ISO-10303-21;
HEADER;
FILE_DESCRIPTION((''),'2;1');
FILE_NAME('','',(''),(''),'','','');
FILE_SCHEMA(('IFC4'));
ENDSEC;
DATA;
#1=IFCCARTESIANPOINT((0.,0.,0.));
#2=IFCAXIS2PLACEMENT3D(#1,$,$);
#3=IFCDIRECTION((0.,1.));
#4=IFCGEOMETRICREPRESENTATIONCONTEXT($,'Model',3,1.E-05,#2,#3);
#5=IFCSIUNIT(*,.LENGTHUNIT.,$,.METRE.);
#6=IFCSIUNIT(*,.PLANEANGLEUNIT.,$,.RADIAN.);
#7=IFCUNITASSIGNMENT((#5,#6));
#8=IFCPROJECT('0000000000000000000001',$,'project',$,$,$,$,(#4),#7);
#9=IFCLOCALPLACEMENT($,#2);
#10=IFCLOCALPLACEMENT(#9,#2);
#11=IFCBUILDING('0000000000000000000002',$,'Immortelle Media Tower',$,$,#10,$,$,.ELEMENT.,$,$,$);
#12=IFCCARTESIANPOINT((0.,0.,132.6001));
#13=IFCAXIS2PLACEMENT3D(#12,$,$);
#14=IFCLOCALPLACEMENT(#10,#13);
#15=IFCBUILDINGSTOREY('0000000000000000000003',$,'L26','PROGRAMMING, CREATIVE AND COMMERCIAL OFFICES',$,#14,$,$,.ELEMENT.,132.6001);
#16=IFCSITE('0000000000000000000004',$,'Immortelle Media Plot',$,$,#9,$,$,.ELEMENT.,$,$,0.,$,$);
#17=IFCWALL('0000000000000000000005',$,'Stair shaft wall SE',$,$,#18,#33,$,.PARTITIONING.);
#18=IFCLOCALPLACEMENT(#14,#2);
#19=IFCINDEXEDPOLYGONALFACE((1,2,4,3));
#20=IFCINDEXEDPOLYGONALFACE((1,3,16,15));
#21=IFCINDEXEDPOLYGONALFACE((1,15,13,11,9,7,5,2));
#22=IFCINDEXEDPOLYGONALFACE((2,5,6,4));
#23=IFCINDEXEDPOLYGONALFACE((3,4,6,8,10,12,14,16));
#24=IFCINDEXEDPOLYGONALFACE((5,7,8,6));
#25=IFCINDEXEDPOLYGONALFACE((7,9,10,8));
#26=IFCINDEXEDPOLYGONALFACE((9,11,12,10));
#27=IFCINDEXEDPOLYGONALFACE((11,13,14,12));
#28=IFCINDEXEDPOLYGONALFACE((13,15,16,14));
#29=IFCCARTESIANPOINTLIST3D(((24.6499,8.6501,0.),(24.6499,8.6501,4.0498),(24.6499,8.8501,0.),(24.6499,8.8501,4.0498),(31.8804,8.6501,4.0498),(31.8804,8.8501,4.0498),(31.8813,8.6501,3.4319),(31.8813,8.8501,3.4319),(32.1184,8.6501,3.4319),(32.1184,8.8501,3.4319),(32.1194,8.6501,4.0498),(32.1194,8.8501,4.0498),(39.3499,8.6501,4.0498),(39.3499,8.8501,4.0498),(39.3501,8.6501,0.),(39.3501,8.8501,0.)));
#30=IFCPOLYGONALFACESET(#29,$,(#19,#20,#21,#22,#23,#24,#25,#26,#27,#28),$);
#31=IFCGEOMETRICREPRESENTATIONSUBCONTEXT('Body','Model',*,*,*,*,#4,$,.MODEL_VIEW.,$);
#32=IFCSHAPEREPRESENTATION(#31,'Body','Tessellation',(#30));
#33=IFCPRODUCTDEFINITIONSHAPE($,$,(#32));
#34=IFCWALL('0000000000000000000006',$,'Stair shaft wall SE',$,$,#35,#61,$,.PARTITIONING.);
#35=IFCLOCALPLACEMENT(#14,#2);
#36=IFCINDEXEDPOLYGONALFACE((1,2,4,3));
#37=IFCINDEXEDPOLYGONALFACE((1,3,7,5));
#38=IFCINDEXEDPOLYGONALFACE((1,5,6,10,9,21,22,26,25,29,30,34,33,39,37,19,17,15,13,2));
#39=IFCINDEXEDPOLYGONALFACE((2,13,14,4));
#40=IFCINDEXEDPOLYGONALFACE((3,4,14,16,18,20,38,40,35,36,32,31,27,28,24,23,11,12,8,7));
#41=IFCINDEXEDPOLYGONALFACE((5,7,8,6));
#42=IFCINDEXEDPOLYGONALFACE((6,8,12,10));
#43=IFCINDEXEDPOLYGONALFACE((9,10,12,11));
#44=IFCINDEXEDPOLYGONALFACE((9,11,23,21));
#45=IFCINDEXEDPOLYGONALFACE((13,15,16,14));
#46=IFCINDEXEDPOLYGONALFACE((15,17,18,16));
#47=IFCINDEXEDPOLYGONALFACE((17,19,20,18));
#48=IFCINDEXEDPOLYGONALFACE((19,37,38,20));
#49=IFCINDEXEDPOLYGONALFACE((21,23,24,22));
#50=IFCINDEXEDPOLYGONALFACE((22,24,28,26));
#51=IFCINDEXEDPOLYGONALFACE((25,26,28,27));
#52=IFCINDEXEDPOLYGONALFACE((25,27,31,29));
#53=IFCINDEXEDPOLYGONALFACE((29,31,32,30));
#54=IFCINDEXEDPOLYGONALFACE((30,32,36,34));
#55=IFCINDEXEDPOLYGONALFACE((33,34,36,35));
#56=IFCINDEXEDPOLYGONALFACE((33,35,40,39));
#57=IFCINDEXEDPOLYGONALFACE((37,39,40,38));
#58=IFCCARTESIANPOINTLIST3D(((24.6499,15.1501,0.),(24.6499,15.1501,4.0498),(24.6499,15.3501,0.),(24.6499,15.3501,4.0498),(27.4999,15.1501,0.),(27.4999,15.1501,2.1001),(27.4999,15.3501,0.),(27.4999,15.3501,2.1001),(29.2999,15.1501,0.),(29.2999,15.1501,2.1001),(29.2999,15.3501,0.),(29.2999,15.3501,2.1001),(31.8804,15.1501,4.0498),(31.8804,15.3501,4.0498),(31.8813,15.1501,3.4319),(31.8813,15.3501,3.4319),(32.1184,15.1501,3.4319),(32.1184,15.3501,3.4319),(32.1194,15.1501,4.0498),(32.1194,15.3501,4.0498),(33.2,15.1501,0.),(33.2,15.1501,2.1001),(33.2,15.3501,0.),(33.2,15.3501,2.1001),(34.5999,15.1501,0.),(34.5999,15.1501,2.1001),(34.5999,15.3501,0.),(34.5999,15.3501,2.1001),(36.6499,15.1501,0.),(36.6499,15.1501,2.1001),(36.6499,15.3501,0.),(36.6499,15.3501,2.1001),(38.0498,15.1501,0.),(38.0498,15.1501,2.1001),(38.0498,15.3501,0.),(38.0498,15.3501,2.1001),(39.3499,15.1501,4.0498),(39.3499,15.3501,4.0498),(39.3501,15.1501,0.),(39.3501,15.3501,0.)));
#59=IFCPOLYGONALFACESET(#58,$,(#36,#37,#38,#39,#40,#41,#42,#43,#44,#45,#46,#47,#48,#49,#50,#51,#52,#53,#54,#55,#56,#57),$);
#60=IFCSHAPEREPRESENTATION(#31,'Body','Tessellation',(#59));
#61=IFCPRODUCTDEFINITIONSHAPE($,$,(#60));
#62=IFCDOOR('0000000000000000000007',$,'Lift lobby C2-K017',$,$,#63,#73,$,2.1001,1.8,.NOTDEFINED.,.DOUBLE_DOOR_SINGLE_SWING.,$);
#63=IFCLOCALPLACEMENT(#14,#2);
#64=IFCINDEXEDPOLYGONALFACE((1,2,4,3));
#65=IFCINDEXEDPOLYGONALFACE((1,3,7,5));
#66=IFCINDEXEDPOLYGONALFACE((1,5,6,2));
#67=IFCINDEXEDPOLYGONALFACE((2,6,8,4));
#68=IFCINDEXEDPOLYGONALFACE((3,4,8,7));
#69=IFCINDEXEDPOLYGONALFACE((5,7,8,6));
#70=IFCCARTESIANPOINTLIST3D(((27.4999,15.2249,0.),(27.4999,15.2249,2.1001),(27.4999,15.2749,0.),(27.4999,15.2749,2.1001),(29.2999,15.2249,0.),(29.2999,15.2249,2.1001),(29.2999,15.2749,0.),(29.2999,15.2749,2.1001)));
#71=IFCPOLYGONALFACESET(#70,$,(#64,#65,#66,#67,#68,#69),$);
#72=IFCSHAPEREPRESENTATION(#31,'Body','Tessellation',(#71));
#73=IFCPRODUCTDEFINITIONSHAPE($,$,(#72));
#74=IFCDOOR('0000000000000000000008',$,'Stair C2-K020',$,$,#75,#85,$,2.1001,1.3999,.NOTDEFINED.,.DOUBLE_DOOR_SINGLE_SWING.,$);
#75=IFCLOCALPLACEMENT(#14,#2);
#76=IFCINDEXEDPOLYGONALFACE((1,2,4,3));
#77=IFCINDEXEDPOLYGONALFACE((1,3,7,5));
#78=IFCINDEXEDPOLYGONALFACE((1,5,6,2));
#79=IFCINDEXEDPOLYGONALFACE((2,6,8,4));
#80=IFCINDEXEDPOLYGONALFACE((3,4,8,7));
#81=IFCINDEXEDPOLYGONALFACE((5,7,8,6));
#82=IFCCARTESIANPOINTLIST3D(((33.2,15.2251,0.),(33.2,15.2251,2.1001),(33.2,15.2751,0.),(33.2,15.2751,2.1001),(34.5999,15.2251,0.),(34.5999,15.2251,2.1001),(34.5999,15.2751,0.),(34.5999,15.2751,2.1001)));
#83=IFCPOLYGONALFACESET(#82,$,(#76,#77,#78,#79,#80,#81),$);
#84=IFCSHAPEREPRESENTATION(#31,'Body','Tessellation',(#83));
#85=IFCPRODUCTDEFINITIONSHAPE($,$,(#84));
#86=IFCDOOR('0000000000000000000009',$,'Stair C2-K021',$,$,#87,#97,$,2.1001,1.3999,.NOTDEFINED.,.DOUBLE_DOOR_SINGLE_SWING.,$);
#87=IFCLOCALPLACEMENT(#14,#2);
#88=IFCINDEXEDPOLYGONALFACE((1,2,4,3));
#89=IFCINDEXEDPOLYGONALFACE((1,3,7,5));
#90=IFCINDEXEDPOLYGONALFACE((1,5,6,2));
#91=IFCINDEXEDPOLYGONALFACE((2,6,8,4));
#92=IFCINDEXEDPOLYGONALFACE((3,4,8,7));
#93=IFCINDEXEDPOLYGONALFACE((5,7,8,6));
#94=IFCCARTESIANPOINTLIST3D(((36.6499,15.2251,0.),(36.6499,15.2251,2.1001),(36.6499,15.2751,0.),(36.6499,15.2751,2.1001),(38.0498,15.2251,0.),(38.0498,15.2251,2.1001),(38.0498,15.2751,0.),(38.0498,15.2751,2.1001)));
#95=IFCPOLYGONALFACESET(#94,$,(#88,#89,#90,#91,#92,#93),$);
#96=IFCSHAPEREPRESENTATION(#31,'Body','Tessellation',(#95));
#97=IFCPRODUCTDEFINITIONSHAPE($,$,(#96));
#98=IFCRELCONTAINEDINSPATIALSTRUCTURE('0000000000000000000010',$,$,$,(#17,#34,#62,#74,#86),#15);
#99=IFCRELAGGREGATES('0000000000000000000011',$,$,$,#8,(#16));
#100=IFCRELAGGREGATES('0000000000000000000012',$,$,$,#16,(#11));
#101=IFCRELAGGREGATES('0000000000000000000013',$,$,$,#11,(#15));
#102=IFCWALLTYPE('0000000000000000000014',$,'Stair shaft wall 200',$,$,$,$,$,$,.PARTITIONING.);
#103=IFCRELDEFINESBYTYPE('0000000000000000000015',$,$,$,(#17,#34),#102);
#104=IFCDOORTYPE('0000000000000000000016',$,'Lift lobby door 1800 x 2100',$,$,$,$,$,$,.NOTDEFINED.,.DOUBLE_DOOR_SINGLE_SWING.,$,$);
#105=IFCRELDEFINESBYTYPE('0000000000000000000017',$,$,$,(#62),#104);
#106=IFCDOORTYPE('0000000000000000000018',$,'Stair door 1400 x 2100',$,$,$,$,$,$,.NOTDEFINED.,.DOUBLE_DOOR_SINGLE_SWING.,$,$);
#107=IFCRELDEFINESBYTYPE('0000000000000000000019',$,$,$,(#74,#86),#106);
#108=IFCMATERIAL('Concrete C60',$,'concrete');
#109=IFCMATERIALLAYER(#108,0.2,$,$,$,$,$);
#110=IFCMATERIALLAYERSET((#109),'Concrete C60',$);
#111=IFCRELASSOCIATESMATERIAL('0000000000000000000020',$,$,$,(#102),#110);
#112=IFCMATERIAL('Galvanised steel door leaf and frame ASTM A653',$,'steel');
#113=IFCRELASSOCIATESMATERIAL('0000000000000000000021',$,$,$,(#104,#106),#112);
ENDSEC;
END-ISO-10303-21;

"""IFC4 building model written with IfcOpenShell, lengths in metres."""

from ifc_helpers import new_model, si_unit, direction, frame, frame_2d, origin, place, context, subcontext, project, spatial, polyline, rectangle, outline, extrude, material, layer, layer_set, type_object, element, fill, save


model = new_model("IFC4")

# Units and contexts
model_context = context("Model", 3, precision=1e-05, world=origin(), true_north=direction((0.0, 1.0)))
body_context = subcontext(model_context, "Body", "Model", "MODEL_VIEW")
ifc_project = project(units=[si_unit("LENGTHUNIT", "METRE"), si_unit("PLANEANGLEUNIT", "RADIAN")], contexts=[model_context])

# Site, building, storey
site_placement = place(None, origin())
site = spatial("IfcSite", under=ifc_project, at=site_placement, Name="Immortelle Media Plot", CompositionType="ELEMENT", RefElevation=0.0)
building_placement = place(site_placement, origin())
building = spatial("IfcBuilding", under=site, at=building_placement, Name="Immortelle Media Tower", CompositionType="ELEMENT")
storey_placement = place(building_placement, frame((0.0, 0.0, 132.6001)))
storey = spatial("IfcBuildingStorey", under=building, at=storey_placement, Name="L26", Description="PROGRAMMING, CREATIVE AND COMMERCIAL OFFICES", CompositionType="ELEMENT", Elevation=132.6001)

# Shared definitions
ifc_material_1 = material(Name="Galvanised steel door leaf and frame ASTM A653", Category="steel")

# Wall
ifc_material_2 = material(Name="Concrete C60", Category="concrete")
ifc_layer_1 = layer(ifc_material_2, 0.2)
ifc_layer_set_1 = layer_set([ifc_layer_1], Name="Concrete C60")
wall_type_1 = type_object("IfcWallType", Name="Stair shaft wall 200", PredefinedType="PARTITIONING", material=ifc_layer_set_1)
wall_1_placement = place(storey_placement, frame((24.6499, 8.75, 0.0), z_axis=(0.0, 0.0, 1.0), x_axis=(1.0, 0.0, 0.0)))
element("IfcWall", 1, at=wall_1_placement, inside=storey, type_object=wall_type_1, Name="Stair shaft wall SE", PredefinedType="PARTITIONING", context=body_context, shape_type="SweptSolid", body=[
    extrude(outline(polyline([(0.0, 0.0), (14.7002, 0.0), (14.7, 4.0498), (7.4695, 4.0498), (7.4685, 3.4319), (7.2314, 3.4319), (7.2305, 4.0498), (0.0, 4.0498), (0.0, 0.0)])), frame((0.0, 0.1001, 0.0), z_axis=(0.0, -1.0, 0.0), x_axis=(1.0, 0.0, 0.0)), (0.0, 0.0, 1.0), 0.2),
])

# Wall, openings, doors
wall_2_placement = place(storey_placement, frame((24.6499, 15.25, 0.0), z_axis=(0.0, 0.0, 1.0), x_axis=(1.0, 0.0, 0.0)))
wall_2 = element("IfcWall", 2, at=wall_2_placement, inside=storey, type_object=wall_type_1, Name="Stair shaft wall SE", PredefinedType="PARTITIONING", context=body_context, shape_type="SweptSolid", body=[
    extrude(outline(polyline([(0.0, 0.0), (14.7002, 0.0), (14.7, 4.0498), (7.4695, 4.0498), (7.4685, 3.4319), (7.2314, 3.4319), (7.2305, 4.0498), (0.0, 4.0498), (0.0, 0.0)])), frame((0.0, 0.1001, 0.0), z_axis=(0.0, -1.0, 0.0), x_axis=(1.0, 0.0, 0.0)), (0.0, 0.0, 1.0), 0.2),
])
opening_1_placement = place(wall_2_placement, frame((2.8501, 0.0, 0.0)))
opening_1 = element("IfcOpeningElement", 3, at=opening_1_placement, cuts=wall_2, PredefinedType="OPENING", context=body_context, shape_type="SweptSolid", body=[
    extrude(rectangle(XDim=1.8, YDim=2.1001, at=frame_2d((0.8999, 1.05))), frame((0.0, 0.1099, 0.0), z_axis=(0.0, -1.0, 0.0), x_axis=(1.0, 0.0, 0.0)), (0.0, 0.0, 1.0), 0.22),
])
opening_2_placement = place(wall_2_placement, frame((9.95, 0.0, 0.0), z_axis=(0.0, 0.0, 1.0), x_axis=(-1.0, 0.0, 0.0)))
opening_2 = element("IfcOpeningElement", 4, at=opening_2_placement, cuts=wall_2, PredefinedType="OPENING", context=body_context, shape_type="SweptSolid", body=[
    extrude(rectangle(XDim=1.3999, YDim=2.1001, at=frame_2d((0.7, 1.05))), frame((0.0, 0.1099, 0.0), z_axis=(0.0, -1.0, 0.0), x_axis=(1.0, 0.0, 0.0)), (0.0, 0.0, 1.0), 0.22),
])
opening_3_placement = place(wall_2_placement, frame((13.3999, 0.0, 0.0), z_axis=(0.0, 0.0, 1.0), x_axis=(-1.0, 0.0, 0.0)))
opening_3 = element("IfcOpeningElement", 5, at=opening_3_placement, cuts=wall_2, PredefinedType="OPENING", context=body_context, shape_type="SweptSolid", body=[
    extrude(rectangle(XDim=1.3999, YDim=2.1001, at=frame_2d((0.7, 1.05))), frame((0.0, 0.1099, 0.0), z_axis=(0.0, -1.0, 0.0), x_axis=(1.0, 0.0, 0.0)), (0.0, 0.0, 1.0), 0.22),
])
door_type_1 = type_object("IfcDoorType", Name="Lift lobby door 1800 x 2100", OperationType="DOUBLE_DOOR_SINGLE_SWING", PredefinedType="NOTDEFINED", material=ifc_material_1)
door_1_placement = place(opening_1_placement, origin())
door_1 = element("IfcDoor", 6, at=door_1_placement, inside=storey, type_object=door_type_1, Name="Lift lobby C2-K017", OperationType="DOUBLE_DOOR_SINGLE_SWING", OverallHeight=2.1001, OverallWidth=1.8, PredefinedType="NOTDEFINED", context=body_context, shape_type="SweptSolid", body=[
    extrude(rectangle(XDim=1.8, YDim=2.1001, at=frame_2d((0.8999, 1.05))), frame((0.0, 0.0249, 0.0), z_axis=(0.0, -1.0, 0.0), x_axis=(1.0, 0.0, 0.0)), (0.0, 0.0, 1.0), 0.05),
])
fill(opening_1, door_1)
door_type_2 = type_object("IfcDoorType", Name="Stair door 1400 x 2100", OperationType="DOUBLE_DOOR_SINGLE_SWING", PredefinedType="NOTDEFINED", material=ifc_material_1)
door_2_placement = place(opening_2_placement, origin())
door_2 = element("IfcDoor", 7, at=door_2_placement, inside=storey, type_object=door_type_2, Name="Stair C2-K020", OperationType="DOUBLE_DOOR_SINGLE_SWING", OverallHeight=2.1001, OverallWidth=1.3999, PredefinedType="NOTDEFINED", context=body_context, shape_type="SweptSolid", body=[
    extrude(rectangle(XDim=1.3999, YDim=2.1001, at=frame_2d((0.7, 1.05))), frame((0.0, 0.0249, 0.0), z_axis=(0.0, -1.0, 0.0), x_axis=(1.0, 0.0, 0.0)), (0.0, 0.0, 1.0), 0.05),
])
fill(opening_2, door_2)
door_3_placement = place(opening_3_placement, origin())
door_3 = element("IfcDoor", 8, at=door_3_placement, inside=storey, type_object=door_type_2, Name="Stair C2-K021", OperationType="DOUBLE_DOOR_SINGLE_SWING", OverallHeight=2.1001, OverallWidth=1.3999, PredefinedType="NOTDEFINED", context=body_context, shape_type="SweptSolid", body=[
    extrude(rectangle(XDim=1.3999, YDim=2.1001, at=frame_2d((0.7, 1.05))), frame((0.0, 0.0249, 0.0), z_axis=(0.0, -1.0, 0.0), x_axis=(1.0, 0.0, 0.0)), (0.0, 0.0, 1.0), 0.05),
])
fill(opening_3, door_3)

save(model, "model.ifc")
